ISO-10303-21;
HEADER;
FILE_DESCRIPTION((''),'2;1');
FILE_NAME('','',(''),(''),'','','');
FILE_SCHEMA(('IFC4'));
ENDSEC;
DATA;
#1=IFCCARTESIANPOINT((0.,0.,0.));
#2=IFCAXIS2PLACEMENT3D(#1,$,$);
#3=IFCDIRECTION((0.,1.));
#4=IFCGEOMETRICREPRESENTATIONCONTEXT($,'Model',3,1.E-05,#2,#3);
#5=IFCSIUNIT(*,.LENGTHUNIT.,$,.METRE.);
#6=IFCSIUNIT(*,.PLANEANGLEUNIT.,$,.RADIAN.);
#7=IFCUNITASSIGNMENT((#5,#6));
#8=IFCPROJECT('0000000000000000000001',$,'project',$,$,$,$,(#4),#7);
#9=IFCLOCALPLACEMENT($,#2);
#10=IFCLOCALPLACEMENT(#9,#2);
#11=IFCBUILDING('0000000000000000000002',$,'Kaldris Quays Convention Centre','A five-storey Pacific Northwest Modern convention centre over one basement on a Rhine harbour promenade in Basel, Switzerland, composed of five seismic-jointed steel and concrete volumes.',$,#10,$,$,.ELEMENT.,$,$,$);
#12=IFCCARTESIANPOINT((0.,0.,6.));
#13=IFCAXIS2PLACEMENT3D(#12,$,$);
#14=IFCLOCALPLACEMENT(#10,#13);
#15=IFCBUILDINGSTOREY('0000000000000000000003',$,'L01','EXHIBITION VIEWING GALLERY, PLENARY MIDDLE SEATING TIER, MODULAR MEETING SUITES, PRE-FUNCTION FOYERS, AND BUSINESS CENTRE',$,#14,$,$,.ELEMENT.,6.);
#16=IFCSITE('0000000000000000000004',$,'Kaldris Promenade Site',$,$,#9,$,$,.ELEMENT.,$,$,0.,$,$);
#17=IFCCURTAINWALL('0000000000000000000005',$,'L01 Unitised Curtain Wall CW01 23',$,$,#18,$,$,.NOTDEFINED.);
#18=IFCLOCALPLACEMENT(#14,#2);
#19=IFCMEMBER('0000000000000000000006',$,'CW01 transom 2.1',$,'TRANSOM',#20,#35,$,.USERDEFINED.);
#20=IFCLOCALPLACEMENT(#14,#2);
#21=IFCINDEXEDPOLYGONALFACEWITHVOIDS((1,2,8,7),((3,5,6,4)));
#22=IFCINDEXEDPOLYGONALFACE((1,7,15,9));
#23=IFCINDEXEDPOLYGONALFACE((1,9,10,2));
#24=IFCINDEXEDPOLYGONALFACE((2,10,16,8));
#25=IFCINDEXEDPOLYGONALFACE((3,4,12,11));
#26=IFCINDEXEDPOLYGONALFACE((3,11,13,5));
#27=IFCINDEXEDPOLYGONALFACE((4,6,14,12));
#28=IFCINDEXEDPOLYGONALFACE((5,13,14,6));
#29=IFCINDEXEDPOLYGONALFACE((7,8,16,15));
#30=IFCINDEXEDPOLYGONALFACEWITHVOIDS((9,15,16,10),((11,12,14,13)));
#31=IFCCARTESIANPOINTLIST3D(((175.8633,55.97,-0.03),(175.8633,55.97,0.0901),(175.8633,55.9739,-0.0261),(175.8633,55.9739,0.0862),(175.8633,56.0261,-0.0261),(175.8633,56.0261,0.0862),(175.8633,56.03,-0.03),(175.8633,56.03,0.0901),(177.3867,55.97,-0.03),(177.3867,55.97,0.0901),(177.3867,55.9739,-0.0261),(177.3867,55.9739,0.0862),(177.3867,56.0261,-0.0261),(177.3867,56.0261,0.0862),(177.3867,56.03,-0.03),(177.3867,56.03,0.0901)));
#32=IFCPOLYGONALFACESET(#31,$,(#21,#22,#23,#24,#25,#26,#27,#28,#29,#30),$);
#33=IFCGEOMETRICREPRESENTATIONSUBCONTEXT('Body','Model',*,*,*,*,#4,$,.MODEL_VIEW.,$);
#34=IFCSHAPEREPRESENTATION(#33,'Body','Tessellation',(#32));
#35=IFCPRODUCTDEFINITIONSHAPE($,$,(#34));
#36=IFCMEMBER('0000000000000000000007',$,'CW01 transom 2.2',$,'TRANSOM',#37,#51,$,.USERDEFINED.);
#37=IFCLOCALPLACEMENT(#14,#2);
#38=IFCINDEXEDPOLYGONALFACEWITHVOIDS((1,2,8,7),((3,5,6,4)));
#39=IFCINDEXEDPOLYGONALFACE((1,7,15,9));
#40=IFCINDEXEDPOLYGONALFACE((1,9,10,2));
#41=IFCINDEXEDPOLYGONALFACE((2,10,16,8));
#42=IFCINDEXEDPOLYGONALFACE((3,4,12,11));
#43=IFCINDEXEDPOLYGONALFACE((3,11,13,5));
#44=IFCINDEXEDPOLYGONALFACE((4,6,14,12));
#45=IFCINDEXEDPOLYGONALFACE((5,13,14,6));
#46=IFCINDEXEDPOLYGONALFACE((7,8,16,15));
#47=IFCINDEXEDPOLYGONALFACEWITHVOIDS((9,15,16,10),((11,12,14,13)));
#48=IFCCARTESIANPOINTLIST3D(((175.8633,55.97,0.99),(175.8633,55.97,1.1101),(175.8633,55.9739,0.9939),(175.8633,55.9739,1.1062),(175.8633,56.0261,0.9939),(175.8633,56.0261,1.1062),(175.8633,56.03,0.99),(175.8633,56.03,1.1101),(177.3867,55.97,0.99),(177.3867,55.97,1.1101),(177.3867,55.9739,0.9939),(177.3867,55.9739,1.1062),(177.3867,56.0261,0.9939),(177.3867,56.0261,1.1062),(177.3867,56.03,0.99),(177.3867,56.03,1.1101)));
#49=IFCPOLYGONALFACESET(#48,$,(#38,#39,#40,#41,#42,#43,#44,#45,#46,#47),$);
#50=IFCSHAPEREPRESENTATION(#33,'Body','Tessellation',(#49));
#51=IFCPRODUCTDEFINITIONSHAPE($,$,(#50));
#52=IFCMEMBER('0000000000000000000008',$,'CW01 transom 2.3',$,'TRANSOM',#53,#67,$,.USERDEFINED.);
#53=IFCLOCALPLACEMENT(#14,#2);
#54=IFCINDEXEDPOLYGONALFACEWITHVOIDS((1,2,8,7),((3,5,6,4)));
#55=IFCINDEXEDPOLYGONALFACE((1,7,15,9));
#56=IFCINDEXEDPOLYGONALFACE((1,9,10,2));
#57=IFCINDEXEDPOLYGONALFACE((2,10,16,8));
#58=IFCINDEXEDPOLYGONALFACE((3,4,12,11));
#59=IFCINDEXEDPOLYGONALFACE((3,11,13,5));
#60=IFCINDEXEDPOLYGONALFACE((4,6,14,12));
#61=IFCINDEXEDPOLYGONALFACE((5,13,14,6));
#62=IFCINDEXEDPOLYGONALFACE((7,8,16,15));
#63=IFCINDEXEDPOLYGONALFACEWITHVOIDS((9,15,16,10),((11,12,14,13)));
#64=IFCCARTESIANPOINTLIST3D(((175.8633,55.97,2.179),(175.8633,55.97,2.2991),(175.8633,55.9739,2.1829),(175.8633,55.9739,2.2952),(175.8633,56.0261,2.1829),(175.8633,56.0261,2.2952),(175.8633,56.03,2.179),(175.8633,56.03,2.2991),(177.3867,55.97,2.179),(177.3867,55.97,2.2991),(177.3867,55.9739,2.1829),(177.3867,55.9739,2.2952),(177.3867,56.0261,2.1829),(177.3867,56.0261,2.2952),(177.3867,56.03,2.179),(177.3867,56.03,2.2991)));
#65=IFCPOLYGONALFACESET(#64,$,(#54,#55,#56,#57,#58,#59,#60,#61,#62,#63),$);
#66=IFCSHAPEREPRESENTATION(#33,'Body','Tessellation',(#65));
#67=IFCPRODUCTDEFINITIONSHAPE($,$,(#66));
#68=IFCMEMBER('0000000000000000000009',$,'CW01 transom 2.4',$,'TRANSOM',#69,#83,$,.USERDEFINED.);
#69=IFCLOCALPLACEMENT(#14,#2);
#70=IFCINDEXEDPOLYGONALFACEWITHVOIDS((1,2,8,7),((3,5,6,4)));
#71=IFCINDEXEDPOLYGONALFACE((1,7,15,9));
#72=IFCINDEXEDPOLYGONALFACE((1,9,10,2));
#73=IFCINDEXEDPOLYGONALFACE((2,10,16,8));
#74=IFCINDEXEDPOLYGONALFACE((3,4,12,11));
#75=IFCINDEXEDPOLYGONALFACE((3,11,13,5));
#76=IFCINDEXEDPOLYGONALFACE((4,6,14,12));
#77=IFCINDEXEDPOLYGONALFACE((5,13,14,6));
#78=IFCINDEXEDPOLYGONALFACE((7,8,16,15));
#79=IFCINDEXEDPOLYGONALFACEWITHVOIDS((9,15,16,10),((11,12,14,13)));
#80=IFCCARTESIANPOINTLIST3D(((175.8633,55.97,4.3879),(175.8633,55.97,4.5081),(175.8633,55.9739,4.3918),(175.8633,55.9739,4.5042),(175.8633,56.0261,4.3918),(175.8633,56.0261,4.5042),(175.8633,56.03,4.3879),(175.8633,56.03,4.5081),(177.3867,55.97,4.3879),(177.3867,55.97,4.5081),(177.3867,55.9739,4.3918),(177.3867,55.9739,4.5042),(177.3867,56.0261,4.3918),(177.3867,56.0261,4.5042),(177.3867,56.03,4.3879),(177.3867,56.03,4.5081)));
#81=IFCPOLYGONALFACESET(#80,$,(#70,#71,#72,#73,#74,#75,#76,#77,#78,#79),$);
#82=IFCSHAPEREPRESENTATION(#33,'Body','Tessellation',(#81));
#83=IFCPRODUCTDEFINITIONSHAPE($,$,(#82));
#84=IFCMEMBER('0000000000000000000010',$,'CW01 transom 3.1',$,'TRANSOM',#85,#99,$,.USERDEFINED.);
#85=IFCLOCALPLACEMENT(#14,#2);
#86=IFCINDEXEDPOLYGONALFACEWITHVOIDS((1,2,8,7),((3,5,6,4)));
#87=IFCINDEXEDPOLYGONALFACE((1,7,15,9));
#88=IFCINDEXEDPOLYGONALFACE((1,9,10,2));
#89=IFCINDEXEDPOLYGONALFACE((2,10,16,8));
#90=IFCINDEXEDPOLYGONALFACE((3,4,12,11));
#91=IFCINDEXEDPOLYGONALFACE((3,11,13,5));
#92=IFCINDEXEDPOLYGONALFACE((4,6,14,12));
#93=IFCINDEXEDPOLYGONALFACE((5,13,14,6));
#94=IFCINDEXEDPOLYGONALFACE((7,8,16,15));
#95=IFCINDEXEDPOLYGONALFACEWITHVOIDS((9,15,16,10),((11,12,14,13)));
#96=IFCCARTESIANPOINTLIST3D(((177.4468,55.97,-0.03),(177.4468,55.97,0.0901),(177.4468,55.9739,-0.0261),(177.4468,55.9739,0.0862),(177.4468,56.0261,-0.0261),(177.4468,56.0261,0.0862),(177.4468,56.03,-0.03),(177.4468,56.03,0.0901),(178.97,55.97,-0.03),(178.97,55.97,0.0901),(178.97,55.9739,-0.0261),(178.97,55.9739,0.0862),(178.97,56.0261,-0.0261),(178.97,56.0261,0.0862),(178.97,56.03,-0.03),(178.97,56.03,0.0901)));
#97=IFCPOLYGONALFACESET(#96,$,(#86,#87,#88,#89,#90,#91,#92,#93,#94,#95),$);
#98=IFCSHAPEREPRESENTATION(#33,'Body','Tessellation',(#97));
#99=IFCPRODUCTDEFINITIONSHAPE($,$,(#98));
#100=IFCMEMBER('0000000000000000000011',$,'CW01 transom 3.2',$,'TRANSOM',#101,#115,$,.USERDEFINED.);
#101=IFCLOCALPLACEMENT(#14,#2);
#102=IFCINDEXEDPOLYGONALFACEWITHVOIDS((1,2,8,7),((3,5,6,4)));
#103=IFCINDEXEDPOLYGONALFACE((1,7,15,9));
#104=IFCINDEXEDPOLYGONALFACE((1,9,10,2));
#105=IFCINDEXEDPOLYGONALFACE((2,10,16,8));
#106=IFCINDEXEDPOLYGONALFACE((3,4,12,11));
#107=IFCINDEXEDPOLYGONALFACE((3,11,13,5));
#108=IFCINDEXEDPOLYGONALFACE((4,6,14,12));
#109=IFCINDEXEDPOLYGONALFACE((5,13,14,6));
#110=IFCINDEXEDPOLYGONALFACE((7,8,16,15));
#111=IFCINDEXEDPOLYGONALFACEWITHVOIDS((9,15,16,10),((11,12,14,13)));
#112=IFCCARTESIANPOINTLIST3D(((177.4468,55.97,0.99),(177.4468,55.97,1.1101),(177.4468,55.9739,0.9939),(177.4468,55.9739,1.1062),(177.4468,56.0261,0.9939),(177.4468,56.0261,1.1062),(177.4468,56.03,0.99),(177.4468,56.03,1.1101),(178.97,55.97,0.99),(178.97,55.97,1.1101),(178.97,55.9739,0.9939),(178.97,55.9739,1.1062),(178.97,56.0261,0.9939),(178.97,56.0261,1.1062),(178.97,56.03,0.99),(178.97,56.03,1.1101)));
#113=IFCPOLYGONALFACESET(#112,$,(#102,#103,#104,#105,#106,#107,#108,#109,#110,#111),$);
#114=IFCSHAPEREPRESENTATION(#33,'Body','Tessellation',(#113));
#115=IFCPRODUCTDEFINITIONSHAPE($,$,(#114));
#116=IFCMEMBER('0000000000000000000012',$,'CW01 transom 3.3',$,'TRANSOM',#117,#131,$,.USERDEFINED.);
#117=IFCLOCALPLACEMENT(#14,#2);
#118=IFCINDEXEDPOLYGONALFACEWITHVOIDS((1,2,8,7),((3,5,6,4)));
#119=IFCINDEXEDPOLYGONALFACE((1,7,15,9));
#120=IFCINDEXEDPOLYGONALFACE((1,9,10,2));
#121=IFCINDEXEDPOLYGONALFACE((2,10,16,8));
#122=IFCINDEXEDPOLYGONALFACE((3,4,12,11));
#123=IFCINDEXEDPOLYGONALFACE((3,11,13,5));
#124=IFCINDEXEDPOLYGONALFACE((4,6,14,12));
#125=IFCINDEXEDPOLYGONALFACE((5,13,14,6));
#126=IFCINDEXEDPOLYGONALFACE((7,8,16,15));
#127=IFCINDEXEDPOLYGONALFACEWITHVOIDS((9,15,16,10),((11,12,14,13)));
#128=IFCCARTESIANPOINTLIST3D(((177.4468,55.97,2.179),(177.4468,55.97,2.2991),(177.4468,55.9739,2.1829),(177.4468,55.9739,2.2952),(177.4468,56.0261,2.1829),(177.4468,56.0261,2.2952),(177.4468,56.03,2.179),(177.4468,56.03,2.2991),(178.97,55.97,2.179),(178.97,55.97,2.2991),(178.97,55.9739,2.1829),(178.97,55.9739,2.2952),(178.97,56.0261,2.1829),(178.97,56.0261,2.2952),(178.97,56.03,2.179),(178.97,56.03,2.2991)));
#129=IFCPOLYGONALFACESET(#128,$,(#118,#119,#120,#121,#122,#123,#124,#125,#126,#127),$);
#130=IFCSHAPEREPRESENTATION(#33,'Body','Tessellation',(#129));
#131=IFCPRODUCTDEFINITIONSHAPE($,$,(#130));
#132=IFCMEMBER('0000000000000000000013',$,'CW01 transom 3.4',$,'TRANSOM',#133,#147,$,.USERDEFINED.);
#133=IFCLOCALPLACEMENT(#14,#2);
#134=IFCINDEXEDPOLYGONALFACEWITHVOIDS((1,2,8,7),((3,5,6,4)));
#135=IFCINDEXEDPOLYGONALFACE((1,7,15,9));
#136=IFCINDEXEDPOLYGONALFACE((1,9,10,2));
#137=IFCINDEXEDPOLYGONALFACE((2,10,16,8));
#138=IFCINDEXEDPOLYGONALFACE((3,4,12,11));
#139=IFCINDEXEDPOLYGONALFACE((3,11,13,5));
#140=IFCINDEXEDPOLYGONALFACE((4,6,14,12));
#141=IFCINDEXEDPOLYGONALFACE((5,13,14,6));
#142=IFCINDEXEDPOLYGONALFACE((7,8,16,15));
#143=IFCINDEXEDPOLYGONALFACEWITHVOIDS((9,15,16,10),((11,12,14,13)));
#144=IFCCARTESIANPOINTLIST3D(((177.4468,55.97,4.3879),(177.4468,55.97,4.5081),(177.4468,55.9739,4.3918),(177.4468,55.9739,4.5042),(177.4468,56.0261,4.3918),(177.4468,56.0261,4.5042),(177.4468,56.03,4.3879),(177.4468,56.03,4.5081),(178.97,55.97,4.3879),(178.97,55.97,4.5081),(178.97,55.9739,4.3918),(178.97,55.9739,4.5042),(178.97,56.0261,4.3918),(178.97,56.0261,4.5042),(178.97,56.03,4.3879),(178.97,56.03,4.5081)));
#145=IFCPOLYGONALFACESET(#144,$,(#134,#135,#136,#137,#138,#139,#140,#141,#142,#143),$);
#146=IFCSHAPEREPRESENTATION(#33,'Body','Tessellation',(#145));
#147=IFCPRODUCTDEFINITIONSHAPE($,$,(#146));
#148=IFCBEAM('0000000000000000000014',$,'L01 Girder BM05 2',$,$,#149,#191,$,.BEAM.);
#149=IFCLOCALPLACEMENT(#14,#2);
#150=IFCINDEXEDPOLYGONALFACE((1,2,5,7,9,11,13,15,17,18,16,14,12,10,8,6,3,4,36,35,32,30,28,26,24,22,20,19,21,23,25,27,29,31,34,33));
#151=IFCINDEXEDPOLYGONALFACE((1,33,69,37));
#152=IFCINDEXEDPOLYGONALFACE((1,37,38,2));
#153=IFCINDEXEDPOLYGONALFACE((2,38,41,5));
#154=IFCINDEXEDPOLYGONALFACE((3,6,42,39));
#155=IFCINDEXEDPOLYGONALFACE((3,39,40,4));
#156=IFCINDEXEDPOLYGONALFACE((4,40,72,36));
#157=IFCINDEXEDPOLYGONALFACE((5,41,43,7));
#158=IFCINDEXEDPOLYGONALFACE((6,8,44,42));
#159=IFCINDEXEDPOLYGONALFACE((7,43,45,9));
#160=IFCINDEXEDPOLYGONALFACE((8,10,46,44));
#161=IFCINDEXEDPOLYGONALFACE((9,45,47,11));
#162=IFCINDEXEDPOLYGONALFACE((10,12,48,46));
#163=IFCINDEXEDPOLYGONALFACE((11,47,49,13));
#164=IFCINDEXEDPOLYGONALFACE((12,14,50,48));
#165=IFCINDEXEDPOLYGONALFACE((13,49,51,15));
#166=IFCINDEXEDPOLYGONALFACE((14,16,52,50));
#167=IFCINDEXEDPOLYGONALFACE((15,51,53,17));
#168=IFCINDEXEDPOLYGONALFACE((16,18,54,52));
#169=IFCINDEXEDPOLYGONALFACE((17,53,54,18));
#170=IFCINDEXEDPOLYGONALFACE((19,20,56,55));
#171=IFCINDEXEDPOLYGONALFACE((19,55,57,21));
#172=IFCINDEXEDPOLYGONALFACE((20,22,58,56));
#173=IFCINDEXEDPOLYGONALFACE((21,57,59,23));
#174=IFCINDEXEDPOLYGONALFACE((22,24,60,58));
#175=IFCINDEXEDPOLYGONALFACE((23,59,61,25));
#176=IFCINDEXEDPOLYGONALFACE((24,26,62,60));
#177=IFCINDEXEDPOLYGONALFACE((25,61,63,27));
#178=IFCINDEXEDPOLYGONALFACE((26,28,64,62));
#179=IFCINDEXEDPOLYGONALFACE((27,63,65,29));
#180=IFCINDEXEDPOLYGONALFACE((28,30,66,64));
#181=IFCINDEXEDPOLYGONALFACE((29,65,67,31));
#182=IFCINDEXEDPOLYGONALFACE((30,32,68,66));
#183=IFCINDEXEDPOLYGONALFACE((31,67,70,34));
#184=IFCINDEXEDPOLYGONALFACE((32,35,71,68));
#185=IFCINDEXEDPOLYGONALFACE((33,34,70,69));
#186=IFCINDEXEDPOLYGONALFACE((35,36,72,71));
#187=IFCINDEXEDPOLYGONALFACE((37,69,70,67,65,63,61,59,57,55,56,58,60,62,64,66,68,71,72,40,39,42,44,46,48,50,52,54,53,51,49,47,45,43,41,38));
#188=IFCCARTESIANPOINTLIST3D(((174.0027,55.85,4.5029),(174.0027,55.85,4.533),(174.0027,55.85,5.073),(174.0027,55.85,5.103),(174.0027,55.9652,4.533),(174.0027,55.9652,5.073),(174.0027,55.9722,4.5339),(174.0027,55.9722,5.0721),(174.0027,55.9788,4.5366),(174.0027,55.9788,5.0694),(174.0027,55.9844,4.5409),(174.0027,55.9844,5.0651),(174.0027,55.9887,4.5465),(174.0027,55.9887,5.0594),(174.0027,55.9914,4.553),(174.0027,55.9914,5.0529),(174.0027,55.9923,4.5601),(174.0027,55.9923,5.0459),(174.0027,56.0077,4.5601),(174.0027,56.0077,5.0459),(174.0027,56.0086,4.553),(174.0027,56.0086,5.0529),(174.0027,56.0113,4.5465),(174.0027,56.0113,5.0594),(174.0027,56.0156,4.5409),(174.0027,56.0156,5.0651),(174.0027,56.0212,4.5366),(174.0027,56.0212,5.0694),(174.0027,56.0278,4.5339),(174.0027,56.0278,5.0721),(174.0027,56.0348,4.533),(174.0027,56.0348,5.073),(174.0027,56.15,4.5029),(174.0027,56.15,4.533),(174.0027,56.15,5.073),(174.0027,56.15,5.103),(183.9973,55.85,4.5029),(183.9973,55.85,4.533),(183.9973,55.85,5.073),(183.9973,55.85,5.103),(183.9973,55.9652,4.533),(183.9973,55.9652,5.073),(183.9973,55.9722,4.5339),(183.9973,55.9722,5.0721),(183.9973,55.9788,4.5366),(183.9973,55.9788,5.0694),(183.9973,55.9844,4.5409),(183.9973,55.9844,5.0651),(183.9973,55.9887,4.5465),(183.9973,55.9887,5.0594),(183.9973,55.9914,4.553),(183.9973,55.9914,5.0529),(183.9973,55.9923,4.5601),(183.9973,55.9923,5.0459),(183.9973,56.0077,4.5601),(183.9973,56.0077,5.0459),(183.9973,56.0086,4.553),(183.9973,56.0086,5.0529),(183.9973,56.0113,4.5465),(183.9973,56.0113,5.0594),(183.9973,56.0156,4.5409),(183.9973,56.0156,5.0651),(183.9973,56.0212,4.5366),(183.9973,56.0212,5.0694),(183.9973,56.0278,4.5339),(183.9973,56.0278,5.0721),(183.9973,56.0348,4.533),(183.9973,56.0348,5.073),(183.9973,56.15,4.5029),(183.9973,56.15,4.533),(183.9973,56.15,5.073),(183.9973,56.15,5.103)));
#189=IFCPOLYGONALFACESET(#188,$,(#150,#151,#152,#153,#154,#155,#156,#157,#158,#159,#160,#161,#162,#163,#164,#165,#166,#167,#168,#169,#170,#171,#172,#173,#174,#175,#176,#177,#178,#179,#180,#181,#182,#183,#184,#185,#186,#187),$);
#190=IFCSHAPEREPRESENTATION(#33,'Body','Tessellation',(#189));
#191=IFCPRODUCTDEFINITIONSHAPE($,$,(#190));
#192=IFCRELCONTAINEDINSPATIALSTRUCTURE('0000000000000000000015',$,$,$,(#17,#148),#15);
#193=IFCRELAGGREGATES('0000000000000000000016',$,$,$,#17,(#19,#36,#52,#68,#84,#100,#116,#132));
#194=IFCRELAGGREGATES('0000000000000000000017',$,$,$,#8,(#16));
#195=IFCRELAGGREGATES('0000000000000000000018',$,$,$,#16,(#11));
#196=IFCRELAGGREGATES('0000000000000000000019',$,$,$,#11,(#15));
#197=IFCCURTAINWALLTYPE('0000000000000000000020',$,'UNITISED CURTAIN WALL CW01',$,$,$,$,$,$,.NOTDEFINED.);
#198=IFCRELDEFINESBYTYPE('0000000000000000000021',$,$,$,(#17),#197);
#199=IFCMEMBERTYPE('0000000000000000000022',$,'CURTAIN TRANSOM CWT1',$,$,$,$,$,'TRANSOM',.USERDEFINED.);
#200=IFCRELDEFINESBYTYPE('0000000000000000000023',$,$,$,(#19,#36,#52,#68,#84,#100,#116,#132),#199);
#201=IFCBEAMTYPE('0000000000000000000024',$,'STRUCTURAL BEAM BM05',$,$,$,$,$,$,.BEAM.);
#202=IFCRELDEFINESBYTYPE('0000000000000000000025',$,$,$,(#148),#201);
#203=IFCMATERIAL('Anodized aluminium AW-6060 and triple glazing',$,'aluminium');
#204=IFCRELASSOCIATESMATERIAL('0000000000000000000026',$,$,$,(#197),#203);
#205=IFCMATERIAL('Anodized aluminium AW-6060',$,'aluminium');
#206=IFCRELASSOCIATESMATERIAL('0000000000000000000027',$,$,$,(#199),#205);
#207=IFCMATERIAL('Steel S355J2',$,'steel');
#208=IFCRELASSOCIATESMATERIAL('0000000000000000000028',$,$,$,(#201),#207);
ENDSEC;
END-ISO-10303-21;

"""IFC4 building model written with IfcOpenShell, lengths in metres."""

from ifc_helpers import new_model, si_unit, direction, frame, origin, origin_2d, place, context, subcontext, project, spatial, hollow_rectangle, i_section, extrude, material, material_profile, profile_set, type_object, element, aggregate, save


model = new_model("IFC4")

# Units and contexts
model_context = context("Model", 3, precision=1e-05, world=origin(), true_north=direction((0.0, 1.0)))
body_context = subcontext(model_context, "Body", "Model", "MODEL_VIEW")
ifc_project = project(units=[si_unit("LENGTHUNIT", "METRE"), si_unit("PLANEANGLEUNIT", "RADIAN")], contexts=[model_context])

# Site, building, storey
site_placement = place(None, origin())
site = spatial("IfcSite", under=ifc_project, at=site_placement, Name="Kaldris Promenade Site", CompositionType="ELEMENT", RefElevation=0.0)
building_placement = place(site_placement, origin())
building = spatial("IfcBuilding", under=site, at=building_placement, Name="Kaldris Quays Convention Centre", Description="A five-storey Pacific Northwest Modern convention centre over one basement on a Rhine harbour promenade in Basel, Switzerland, composed of five seismic-jointed steel and concrete volumes.", CompositionType="ELEMENT")
storey_placement = place(building_placement, frame((0.0, 0.0, 6.0)))
storey = spatial("IfcBuildingStorey", under=building, at=storey_placement, Name="L01", Description="EXHIBITION VIEWING GALLERY, PLENARY MIDDLE SEATING TIER, MODULAR MEETING SUITES, PRE-FUNCTION FOYERS, AND BUSINESS CENTRE", CompositionType="ELEMENT", Elevation=6.0)

# Shared definitions
ifc_material_1 = material(Name="Steel S355J2", Category="steel")

# Shared definitions
ifc_material_2 = material(Name="Anodized aluminium AW-6060 and triple glazing", Category="aluminium")
curtain_wall_type = type_object("IfcCurtainWallType", Name="UNITISED CURTAIN WALL CW01", PredefinedType="NOTDEFINED", material=ifc_material_2)
ifc_material_3 = material(Name="Anodized aluminium AW-6060", Category="aluminium")

# Curtain wall, members
curtain_wall_1_placement = place(storey_placement, origin())
curtain_wall_1 = element("IfcCurtainWall", 1, at=curtain_wall_1_placement, inside=storey, type_object=curtain_wall_type, Name="L01 Unitised Curtain Wall CW01 23", PredefinedType="NOTDEFINED")
ifc_material_profile_1 = material_profile(ifc_material_3, hollow_rectangle(XDim=0.0601, YDim=0.1201, WallThickness=0.0039, at=origin_2d()), Name="RHS 120x60x4")
ifc_profile_set_1 = profile_set([ifc_material_profile_1], Name="Anodized aluminium AW-6060")
member_type_1 = type_object("IfcMemberType", Name="CURTAIN TRANSOM CWT1", ElementType="TRANSOM", PredefinedType="USERDEFINED", material=ifc_profile_set_1)
member_1_placement = place(storey_placement, frame((175.8633, 56.0, 0.03), z_axis=(1.0, 0.0, 0.0), x_axis=(0.0, 1.0, 0.0)))
member_1 = element("IfcMember", 2, at=member_1_placement, type_object=member_type_1, Name="CW01 transom 2.1", ObjectType="TRANSOM", PredefinedType="USERDEFINED", context=body_context, shape_type="SweptSolid", body=[
    extrude(hollow_rectangle(XDim=0.0601, YDim=0.1201, WallThickness=0.0039, at=origin_2d()), origin(), (0.0, 0.0, 1.0), 1.5234),
])
member_2_placement = place(storey_placement, frame((175.8633, 56.0, 1.05), z_axis=(1.0, 0.0, 0.0), x_axis=(0.0, 1.0, 0.0)))
member_2 = element("IfcMember", 3, at=member_2_placement, type_object=member_type_1, Name="CW01 transom 2.2", ObjectType="TRANSOM", PredefinedType="USERDEFINED", context=body_context, shape_type="SweptSolid", body=[
    extrude(hollow_rectangle(XDim=0.0601, YDim=0.1201, WallThickness=0.0039, at=origin_2d()), origin(), (0.0, 0.0, 1.0), 1.5234),
])
member_3_placement = place(storey_placement, frame((175.8633, 56.0, 2.239), z_axis=(1.0, 0.0, 0.0), x_axis=(0.0, 1.0, 0.0)))
member_3 = element("IfcMember", 4, at=member_3_placement, type_object=member_type_1, Name="CW01 transom 2.3", ObjectType="TRANSOM", PredefinedType="USERDEFINED", context=body_context, shape_type="SweptSolid", body=[
    extrude(hollow_rectangle(XDim=0.0601, YDim=0.1201, WallThickness=0.0039, at=origin_2d()), origin(), (0.0, 0.0, 1.0), 1.5234),
])
member_4_placement = place(storey_placement, frame((175.8633, 56.0, 4.448), z_axis=(1.0, 0.0, 0.0), x_axis=(0.0, 1.0, 0.0)))
member_4 = element("IfcMember", 5, at=member_4_placement, type_object=member_type_1, Name="CW01 transom 2.4", ObjectType="TRANSOM", PredefinedType="USERDEFINED", context=body_context, shape_type="SweptSolid", body=[
    extrude(hollow_rectangle(XDim=0.0601, YDim=0.1201, WallThickness=0.0039, at=origin_2d()), origin(), (0.0, 0.0, 1.0), 1.5234),
])
member_5_placement = place(storey_placement, frame((177.4468, 56.0, 0.03), z_axis=(1.0, 0.0, 0.0), x_axis=(0.0, 1.0, 0.0)))
member_5 = element("IfcMember", 6, at=member_5_placement, type_object=member_type_1, Name="CW01 transom 3.1", ObjectType="TRANSOM", PredefinedType="USERDEFINED", context=body_context, shape_type="SweptSolid", body=[
    extrude(hollow_rectangle(XDim=0.0601, YDim=0.1201, WallThickness=0.0039, at=origin_2d()), origin(), (0.0, 0.0, 1.0), 1.5232),
])
member_6_placement = place(storey_placement, frame((177.4468, 56.0, 1.05), z_axis=(1.0, 0.0, 0.0), x_axis=(0.0, 1.0, 0.0)))
member_6 = element("IfcMember", 7, at=member_6_placement, type_object=member_type_1, Name="CW01 transom 3.2", ObjectType="TRANSOM", PredefinedType="USERDEFINED", context=body_context, shape_type="SweptSolid", body=[
    extrude(hollow_rectangle(XDim=0.0601, YDim=0.1201, WallThickness=0.0039, at=origin_2d()), origin(), (0.0, 0.0, 1.0), 1.5232),
])
member_7_placement = place(storey_placement, frame((177.4468, 56.0, 2.239), z_axis=(1.0, 0.0, 0.0), x_axis=(0.0, 1.0, 0.0)))
member_7 = element("IfcMember", 8, at=member_7_placement, type_object=member_type_1, Name="CW01 transom 3.3", ObjectType="TRANSOM", PredefinedType="USERDEFINED", context=body_context, shape_type="SweptSolid", body=[
    extrude(hollow_rectangle(XDim=0.0601, YDim=0.1201, WallThickness=0.0039, at=origin_2d()), origin(), (0.0, 0.0, 1.0), 1.5232),
])
member_8_placement = place(storey_placement, frame((177.4468, 56.0, 4.448), z_axis=(1.0, 0.0, 0.0), x_axis=(0.0, 1.0, 0.0)))
member_8 = element("IfcMember", 9, at=member_8_placement, type_object=member_type_1, Name="CW01 transom 3.4", ObjectType="TRANSOM", PredefinedType="USERDEFINED", context=body_context, shape_type="SweptSolid", body=[
    extrude(hollow_rectangle(XDim=0.0601, YDim=0.1201, WallThickness=0.0039, at=origin_2d()), origin(), (0.0, 0.0, 1.0), 1.5232),
])

# Beam
ifc_material_profile_2 = material_profile(ifc_material_1, i_section(OverallWidth=0.3, OverallDepth=0.6001, WebThickness=0.0154, FlangeThickness=0.03, FilletRadius=0.0271, at=origin_2d()), Name="HEB 600")
ifc_profile_set_2 = profile_set([ifc_material_profile_2], Name="Steel S355J2")
beam_type = type_object("IfcBeamType", Name="STRUCTURAL BEAM BM05", PredefinedType="BEAM", material=ifc_profile_set_2)
beam_placement = place(storey_placement, frame((174.0027, 56.0, 4.803), z_axis=(1.0, 0.0, 0.0), x_axis=(0.0, 1.0, 0.0)))
element("IfcBeam", 10, at=beam_placement, inside=storey, type_object=beam_type, Name="L01 Girder BM05 2", PredefinedType="BEAM", context=body_context, shape_type="SweptSolid", body=[
    extrude(i_section(OverallWidth=0.3, OverallDepth=0.6001, WebThickness=0.0154, FlangeThickness=0.03, FilletRadius=0.0271, at=origin_2d()), origin(), (0.0, 0.0, 1.0), 9.9946),
])

aggregate(curtain_wall_1, [member_1, member_2, member_3, member_4, member_5, member_6, member_7, member_8])

save(model, "model.ifc")
